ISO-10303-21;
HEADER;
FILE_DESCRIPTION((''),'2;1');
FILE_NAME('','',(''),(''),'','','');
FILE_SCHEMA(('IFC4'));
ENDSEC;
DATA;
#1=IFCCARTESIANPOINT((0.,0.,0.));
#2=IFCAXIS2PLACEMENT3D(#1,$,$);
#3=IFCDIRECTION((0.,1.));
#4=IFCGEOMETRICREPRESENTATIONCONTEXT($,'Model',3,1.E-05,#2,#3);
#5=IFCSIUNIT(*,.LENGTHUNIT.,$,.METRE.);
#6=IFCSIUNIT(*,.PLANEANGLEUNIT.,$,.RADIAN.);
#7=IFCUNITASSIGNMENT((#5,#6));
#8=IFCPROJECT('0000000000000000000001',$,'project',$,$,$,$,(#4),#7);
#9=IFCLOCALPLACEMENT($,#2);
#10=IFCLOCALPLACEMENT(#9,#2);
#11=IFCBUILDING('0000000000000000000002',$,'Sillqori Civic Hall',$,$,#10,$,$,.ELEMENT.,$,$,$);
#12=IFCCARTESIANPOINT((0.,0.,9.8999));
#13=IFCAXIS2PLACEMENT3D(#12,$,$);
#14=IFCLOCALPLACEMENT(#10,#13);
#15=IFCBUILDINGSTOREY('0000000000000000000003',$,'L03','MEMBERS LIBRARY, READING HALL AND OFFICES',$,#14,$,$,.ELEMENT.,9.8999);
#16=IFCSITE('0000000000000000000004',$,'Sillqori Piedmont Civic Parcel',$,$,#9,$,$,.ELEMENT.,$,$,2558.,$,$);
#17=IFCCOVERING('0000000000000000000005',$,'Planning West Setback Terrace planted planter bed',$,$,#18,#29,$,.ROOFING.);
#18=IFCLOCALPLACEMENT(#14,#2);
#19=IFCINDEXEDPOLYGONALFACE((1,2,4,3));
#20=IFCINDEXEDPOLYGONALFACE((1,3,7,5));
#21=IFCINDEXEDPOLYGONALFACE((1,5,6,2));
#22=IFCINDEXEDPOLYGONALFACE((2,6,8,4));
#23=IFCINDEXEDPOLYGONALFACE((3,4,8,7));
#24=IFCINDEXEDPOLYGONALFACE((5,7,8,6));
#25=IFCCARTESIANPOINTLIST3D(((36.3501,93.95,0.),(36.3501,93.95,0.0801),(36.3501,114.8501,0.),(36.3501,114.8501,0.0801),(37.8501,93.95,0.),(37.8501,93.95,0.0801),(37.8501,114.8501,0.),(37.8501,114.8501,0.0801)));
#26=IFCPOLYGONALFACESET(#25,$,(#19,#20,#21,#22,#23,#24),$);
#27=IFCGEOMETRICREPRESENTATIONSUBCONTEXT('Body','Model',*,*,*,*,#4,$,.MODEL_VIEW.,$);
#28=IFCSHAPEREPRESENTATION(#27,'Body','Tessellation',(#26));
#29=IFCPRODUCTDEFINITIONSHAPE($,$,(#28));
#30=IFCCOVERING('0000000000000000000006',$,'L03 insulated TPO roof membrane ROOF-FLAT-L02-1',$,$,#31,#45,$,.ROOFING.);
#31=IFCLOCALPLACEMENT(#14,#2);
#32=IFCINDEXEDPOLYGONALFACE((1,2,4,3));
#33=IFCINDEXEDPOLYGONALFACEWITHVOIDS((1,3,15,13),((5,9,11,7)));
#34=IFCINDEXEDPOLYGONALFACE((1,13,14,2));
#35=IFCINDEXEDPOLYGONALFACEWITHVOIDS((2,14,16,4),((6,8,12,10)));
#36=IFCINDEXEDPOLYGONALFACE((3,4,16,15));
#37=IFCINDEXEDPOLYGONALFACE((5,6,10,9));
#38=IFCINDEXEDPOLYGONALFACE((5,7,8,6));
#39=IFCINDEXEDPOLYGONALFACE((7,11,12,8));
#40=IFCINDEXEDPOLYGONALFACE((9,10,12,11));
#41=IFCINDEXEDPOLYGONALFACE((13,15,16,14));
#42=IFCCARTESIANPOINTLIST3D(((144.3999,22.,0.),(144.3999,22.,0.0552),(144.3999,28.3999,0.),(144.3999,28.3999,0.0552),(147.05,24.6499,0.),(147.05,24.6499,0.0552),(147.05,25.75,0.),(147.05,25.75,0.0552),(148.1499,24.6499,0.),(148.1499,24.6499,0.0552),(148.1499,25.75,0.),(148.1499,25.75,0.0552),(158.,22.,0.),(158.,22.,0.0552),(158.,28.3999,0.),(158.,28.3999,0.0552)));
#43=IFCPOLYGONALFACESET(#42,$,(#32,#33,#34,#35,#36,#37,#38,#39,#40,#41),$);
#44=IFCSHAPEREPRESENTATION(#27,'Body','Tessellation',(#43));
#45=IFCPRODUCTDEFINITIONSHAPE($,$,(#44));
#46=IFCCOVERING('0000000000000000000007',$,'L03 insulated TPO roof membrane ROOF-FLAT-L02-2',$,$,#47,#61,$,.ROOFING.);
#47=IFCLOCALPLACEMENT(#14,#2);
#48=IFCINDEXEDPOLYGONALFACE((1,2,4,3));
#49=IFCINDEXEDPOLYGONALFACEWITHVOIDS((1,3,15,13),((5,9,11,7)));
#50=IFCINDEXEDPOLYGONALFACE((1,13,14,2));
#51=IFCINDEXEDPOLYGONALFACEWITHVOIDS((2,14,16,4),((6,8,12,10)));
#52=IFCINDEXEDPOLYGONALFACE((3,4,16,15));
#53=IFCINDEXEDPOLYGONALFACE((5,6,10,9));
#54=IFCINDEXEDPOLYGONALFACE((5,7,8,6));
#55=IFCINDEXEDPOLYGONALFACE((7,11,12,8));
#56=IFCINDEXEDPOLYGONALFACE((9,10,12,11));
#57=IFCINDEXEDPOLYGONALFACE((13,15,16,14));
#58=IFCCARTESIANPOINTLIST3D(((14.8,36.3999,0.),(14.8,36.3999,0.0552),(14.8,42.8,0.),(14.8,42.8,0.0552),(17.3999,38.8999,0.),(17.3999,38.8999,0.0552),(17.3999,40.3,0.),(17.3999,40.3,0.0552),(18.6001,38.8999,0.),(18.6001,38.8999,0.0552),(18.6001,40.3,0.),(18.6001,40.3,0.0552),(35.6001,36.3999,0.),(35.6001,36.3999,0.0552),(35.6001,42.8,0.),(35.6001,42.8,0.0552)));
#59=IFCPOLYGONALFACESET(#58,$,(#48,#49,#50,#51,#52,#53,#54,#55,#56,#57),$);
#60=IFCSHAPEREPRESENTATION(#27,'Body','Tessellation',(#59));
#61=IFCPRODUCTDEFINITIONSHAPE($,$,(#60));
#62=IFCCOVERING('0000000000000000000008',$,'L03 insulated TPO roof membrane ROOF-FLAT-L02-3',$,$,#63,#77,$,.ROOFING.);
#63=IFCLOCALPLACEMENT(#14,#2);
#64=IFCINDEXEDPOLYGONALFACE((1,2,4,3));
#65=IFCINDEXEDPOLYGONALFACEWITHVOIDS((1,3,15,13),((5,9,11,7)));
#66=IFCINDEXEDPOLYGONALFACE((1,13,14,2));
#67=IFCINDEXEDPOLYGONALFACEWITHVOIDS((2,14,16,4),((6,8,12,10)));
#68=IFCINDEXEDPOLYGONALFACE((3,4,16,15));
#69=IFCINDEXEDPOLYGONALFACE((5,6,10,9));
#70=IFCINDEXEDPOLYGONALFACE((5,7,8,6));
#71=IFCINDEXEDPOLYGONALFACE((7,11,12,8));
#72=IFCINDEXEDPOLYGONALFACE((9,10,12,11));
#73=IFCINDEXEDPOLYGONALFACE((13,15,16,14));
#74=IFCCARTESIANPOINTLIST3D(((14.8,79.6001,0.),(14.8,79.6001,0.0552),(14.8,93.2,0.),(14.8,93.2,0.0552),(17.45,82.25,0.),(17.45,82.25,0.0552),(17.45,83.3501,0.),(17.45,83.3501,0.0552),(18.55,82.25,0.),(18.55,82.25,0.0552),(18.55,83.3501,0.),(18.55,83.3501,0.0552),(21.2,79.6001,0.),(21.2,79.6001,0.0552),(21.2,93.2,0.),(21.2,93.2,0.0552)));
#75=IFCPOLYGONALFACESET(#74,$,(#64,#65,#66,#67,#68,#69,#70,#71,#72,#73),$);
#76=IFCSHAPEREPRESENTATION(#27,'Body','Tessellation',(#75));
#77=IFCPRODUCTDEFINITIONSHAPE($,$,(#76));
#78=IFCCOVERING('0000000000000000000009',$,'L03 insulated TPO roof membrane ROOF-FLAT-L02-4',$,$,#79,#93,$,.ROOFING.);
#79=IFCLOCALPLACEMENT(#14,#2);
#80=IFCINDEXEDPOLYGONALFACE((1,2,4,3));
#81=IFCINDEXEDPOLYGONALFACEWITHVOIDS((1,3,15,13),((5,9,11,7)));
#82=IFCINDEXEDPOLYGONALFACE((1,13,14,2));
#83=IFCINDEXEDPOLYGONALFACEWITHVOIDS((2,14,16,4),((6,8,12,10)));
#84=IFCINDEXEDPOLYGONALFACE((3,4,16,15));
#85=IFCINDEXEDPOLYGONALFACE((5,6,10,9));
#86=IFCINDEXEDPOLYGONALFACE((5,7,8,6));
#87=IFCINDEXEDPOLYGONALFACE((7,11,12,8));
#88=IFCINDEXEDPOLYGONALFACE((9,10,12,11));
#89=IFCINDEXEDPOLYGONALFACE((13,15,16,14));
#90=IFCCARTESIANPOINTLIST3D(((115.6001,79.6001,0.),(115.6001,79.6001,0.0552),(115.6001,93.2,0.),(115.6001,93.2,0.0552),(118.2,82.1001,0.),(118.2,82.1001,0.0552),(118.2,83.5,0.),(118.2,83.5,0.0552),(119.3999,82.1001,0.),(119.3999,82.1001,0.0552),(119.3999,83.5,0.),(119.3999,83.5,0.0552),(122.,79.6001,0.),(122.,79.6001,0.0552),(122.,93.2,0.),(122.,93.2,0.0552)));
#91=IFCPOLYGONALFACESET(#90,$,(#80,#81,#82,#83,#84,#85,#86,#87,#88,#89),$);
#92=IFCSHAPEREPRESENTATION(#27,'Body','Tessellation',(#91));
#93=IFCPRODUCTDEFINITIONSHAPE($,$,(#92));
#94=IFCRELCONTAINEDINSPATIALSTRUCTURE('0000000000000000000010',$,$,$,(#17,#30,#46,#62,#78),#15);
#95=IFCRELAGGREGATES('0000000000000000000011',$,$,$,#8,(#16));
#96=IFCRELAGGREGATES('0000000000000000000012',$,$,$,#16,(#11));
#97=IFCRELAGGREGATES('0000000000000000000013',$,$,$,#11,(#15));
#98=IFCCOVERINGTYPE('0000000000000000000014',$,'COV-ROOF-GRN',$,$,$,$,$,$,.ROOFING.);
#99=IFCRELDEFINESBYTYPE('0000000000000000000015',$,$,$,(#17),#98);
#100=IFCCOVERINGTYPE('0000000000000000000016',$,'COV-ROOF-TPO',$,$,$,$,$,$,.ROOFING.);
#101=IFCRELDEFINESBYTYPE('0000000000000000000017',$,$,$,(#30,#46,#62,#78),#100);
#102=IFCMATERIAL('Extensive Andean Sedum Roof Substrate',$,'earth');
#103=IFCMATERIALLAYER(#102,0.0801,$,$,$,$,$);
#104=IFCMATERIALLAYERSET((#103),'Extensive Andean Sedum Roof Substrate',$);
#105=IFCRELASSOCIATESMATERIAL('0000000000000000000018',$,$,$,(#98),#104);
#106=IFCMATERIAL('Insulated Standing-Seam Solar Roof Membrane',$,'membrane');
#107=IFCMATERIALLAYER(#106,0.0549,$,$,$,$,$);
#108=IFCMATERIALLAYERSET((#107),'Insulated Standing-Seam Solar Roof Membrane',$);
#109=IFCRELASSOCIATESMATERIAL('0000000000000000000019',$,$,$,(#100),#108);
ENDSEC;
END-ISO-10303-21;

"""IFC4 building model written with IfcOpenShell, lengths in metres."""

from ifc_helpers import new_model, si_unit, direction, frame, origin, place, context, subcontext, project, spatial, polyline, outline, extrude, material, layer, layer_set, type_object, element, save


model = new_model("IFC4")

# Units and contexts
model_context = context("Model", 3, precision=1e-05, world=origin(), true_north=direction((0.0, 1.0)))
body_context = subcontext(model_context, "Body", "Model", "MODEL_VIEW")
ifc_project = project(units=[si_unit("LENGTHUNIT", "METRE"), si_unit("PLANEANGLEUNIT", "RADIAN")], contexts=[model_context])

# Site, building, storey
site_placement = place(None, origin())
site = spatial("IfcSite", under=ifc_project, at=site_placement, Name="Sillqori Piedmont Civic Parcel", CompositionType="ELEMENT", RefElevation=2558.0)
building_placement = place(site_placement, origin())
building = spatial("IfcBuilding", under=site, at=building_placement, Name="Sillqori Civic Hall", CompositionType="ELEMENT")
storey_placement = place(building_placement, frame((0.0, 0.0, 9.8999)))
storey = spatial("IfcBuildingStorey", under=building, at=storey_placement, Name="L03", Description="MEMBERS LIBRARY, READING HALL AND OFFICES", CompositionType="ELEMENT", Elevation=9.8999)

# Coverings
ifc_material_1 = material(Name="Extensive Andean Sedum Roof Substrate", Category="earth")
ifc_layer_1 = layer(ifc_material_1, 0.0801)
ifc_layer_set_1 = layer_set([ifc_layer_1], Name="Extensive Andean Sedum Roof Substrate")
covering_type_1 = type_object("IfcCoveringType", Name="COV-ROOF-GRN", PredefinedType="ROOFING", material=ifc_layer_set_1)
covering_1_placement = place(storey_placement, origin())
element("IfcCovering", 1, at=covering_1_placement, inside=storey, type_object=covering_type_1, Name="Planning West Setback Terrace planted planter bed", PredefinedType="ROOFING", context=body_context, shape_type="SweptSolid", body=[
    extrude(outline(polyline([(36.3501, 93.95), (37.8501, 93.95), (37.8501, 114.8501), (36.3501, 114.8501), (36.3501, 93.95)])), origin(), (0.0, 0.0, 1.0), 0.0801),
])
ifc_material_2 = material(Name="Insulated Standing-Seam Solar Roof Membrane", Category="membrane")
ifc_layer_2 = layer(ifc_material_2, 0.0549)
ifc_layer_set_2 = layer_set([ifc_layer_2], Name="Insulated Standing-Seam Solar Roof Membrane")
covering_type_2 = type_object("IfcCoveringType", Name="COV-ROOF-TPO", PredefinedType="ROOFING", material=ifc_layer_set_2)
covering_2_placement = place(storey_placement, origin())
element("IfcCovering", 2, at=covering_2_placement, inside=storey, type_object=covering_type_2, Name="L03 insulated TPO roof membrane ROOF-FLAT-L02-1", PredefinedType="ROOFING", context=body_context, shape_type="SweptSolid", body=[
    extrude(outline(polyline([(144.3999, 22.0), (158.0, 22.0), (158.0, 28.3999), (144.3999, 28.3999), (144.3999, 22.0)]), holes=[polyline([(147.05, 24.6499), (147.05, 25.75), (148.1499, 25.75), (148.1499, 24.6499), (147.05, 24.6499)])]), origin(), (0.0, 0.0, 1.0), 0.0552),
])
covering_3_placement = place(storey_placement, origin())
element("IfcCovering", 3, at=covering_3_placement, inside=storey, type_object=covering_type_2, Name="L03 insulated TPO roof membrane ROOF-FLAT-L02-2", PredefinedType="ROOFING", context=body_context, shape_type="SweptSolid", body=[
    extrude(outline(polyline([(14.8, 36.3999), (35.6001, 36.3999), (35.6001, 42.8), (14.8, 42.8), (14.8, 36.3999)]), holes=[polyline([(17.3999, 38.8999), (17.3999, 40.3), (18.6001, 40.3), (18.6001, 38.8999), (17.3999, 38.8999)])]), origin(), (0.0, 0.0, 1.0), 0.0552),
])
covering_4_placement = place(storey_placement, origin())
element("IfcCovering", 4, at=covering_4_placement, inside=storey, type_object=covering_type_2, Name="L03 insulated TPO roof membrane ROOF-FLAT-L02-3", PredefinedType="ROOFING", context=body_context, shape_type="SweptSolid", body=[
    extrude(outline(polyline([(14.8, 79.6001), (21.2, 79.6001), (21.2, 93.2), (14.8, 93.2), (14.8, 79.6001)]), holes=[polyline([(17.45, 82.25), (17.45, 83.3501), (18.55, 83.3501), (18.55, 82.25), (17.45, 82.25)])]), origin(), (0.0, 0.0, 1.0), 0.0552),
])
covering_5_placement = place(storey_placement, origin())
element("IfcCovering", 5, at=covering_5_placement, inside=storey, type_object=covering_type_2, Name="L03 insulated TPO roof membrane ROOF-FLAT-L02-4", PredefinedType="ROOFING", context=body_context, shape_type="SweptSolid", body=[
    extrude(outline(polyline([(115.6001, 79.6001), (122.0, 79.6001), (122.0, 93.2), (115.6001, 93.2), (115.6001, 79.6001)]), holes=[polyline([(118.2, 82.1001), (118.2, 83.5), (119.3999, 83.5), (119.3999, 82.1001), (118.2, 82.1001)])]), origin(), (0.0, 0.0, 1.0), 0.0552),
])

save(model, "model.ifc")
